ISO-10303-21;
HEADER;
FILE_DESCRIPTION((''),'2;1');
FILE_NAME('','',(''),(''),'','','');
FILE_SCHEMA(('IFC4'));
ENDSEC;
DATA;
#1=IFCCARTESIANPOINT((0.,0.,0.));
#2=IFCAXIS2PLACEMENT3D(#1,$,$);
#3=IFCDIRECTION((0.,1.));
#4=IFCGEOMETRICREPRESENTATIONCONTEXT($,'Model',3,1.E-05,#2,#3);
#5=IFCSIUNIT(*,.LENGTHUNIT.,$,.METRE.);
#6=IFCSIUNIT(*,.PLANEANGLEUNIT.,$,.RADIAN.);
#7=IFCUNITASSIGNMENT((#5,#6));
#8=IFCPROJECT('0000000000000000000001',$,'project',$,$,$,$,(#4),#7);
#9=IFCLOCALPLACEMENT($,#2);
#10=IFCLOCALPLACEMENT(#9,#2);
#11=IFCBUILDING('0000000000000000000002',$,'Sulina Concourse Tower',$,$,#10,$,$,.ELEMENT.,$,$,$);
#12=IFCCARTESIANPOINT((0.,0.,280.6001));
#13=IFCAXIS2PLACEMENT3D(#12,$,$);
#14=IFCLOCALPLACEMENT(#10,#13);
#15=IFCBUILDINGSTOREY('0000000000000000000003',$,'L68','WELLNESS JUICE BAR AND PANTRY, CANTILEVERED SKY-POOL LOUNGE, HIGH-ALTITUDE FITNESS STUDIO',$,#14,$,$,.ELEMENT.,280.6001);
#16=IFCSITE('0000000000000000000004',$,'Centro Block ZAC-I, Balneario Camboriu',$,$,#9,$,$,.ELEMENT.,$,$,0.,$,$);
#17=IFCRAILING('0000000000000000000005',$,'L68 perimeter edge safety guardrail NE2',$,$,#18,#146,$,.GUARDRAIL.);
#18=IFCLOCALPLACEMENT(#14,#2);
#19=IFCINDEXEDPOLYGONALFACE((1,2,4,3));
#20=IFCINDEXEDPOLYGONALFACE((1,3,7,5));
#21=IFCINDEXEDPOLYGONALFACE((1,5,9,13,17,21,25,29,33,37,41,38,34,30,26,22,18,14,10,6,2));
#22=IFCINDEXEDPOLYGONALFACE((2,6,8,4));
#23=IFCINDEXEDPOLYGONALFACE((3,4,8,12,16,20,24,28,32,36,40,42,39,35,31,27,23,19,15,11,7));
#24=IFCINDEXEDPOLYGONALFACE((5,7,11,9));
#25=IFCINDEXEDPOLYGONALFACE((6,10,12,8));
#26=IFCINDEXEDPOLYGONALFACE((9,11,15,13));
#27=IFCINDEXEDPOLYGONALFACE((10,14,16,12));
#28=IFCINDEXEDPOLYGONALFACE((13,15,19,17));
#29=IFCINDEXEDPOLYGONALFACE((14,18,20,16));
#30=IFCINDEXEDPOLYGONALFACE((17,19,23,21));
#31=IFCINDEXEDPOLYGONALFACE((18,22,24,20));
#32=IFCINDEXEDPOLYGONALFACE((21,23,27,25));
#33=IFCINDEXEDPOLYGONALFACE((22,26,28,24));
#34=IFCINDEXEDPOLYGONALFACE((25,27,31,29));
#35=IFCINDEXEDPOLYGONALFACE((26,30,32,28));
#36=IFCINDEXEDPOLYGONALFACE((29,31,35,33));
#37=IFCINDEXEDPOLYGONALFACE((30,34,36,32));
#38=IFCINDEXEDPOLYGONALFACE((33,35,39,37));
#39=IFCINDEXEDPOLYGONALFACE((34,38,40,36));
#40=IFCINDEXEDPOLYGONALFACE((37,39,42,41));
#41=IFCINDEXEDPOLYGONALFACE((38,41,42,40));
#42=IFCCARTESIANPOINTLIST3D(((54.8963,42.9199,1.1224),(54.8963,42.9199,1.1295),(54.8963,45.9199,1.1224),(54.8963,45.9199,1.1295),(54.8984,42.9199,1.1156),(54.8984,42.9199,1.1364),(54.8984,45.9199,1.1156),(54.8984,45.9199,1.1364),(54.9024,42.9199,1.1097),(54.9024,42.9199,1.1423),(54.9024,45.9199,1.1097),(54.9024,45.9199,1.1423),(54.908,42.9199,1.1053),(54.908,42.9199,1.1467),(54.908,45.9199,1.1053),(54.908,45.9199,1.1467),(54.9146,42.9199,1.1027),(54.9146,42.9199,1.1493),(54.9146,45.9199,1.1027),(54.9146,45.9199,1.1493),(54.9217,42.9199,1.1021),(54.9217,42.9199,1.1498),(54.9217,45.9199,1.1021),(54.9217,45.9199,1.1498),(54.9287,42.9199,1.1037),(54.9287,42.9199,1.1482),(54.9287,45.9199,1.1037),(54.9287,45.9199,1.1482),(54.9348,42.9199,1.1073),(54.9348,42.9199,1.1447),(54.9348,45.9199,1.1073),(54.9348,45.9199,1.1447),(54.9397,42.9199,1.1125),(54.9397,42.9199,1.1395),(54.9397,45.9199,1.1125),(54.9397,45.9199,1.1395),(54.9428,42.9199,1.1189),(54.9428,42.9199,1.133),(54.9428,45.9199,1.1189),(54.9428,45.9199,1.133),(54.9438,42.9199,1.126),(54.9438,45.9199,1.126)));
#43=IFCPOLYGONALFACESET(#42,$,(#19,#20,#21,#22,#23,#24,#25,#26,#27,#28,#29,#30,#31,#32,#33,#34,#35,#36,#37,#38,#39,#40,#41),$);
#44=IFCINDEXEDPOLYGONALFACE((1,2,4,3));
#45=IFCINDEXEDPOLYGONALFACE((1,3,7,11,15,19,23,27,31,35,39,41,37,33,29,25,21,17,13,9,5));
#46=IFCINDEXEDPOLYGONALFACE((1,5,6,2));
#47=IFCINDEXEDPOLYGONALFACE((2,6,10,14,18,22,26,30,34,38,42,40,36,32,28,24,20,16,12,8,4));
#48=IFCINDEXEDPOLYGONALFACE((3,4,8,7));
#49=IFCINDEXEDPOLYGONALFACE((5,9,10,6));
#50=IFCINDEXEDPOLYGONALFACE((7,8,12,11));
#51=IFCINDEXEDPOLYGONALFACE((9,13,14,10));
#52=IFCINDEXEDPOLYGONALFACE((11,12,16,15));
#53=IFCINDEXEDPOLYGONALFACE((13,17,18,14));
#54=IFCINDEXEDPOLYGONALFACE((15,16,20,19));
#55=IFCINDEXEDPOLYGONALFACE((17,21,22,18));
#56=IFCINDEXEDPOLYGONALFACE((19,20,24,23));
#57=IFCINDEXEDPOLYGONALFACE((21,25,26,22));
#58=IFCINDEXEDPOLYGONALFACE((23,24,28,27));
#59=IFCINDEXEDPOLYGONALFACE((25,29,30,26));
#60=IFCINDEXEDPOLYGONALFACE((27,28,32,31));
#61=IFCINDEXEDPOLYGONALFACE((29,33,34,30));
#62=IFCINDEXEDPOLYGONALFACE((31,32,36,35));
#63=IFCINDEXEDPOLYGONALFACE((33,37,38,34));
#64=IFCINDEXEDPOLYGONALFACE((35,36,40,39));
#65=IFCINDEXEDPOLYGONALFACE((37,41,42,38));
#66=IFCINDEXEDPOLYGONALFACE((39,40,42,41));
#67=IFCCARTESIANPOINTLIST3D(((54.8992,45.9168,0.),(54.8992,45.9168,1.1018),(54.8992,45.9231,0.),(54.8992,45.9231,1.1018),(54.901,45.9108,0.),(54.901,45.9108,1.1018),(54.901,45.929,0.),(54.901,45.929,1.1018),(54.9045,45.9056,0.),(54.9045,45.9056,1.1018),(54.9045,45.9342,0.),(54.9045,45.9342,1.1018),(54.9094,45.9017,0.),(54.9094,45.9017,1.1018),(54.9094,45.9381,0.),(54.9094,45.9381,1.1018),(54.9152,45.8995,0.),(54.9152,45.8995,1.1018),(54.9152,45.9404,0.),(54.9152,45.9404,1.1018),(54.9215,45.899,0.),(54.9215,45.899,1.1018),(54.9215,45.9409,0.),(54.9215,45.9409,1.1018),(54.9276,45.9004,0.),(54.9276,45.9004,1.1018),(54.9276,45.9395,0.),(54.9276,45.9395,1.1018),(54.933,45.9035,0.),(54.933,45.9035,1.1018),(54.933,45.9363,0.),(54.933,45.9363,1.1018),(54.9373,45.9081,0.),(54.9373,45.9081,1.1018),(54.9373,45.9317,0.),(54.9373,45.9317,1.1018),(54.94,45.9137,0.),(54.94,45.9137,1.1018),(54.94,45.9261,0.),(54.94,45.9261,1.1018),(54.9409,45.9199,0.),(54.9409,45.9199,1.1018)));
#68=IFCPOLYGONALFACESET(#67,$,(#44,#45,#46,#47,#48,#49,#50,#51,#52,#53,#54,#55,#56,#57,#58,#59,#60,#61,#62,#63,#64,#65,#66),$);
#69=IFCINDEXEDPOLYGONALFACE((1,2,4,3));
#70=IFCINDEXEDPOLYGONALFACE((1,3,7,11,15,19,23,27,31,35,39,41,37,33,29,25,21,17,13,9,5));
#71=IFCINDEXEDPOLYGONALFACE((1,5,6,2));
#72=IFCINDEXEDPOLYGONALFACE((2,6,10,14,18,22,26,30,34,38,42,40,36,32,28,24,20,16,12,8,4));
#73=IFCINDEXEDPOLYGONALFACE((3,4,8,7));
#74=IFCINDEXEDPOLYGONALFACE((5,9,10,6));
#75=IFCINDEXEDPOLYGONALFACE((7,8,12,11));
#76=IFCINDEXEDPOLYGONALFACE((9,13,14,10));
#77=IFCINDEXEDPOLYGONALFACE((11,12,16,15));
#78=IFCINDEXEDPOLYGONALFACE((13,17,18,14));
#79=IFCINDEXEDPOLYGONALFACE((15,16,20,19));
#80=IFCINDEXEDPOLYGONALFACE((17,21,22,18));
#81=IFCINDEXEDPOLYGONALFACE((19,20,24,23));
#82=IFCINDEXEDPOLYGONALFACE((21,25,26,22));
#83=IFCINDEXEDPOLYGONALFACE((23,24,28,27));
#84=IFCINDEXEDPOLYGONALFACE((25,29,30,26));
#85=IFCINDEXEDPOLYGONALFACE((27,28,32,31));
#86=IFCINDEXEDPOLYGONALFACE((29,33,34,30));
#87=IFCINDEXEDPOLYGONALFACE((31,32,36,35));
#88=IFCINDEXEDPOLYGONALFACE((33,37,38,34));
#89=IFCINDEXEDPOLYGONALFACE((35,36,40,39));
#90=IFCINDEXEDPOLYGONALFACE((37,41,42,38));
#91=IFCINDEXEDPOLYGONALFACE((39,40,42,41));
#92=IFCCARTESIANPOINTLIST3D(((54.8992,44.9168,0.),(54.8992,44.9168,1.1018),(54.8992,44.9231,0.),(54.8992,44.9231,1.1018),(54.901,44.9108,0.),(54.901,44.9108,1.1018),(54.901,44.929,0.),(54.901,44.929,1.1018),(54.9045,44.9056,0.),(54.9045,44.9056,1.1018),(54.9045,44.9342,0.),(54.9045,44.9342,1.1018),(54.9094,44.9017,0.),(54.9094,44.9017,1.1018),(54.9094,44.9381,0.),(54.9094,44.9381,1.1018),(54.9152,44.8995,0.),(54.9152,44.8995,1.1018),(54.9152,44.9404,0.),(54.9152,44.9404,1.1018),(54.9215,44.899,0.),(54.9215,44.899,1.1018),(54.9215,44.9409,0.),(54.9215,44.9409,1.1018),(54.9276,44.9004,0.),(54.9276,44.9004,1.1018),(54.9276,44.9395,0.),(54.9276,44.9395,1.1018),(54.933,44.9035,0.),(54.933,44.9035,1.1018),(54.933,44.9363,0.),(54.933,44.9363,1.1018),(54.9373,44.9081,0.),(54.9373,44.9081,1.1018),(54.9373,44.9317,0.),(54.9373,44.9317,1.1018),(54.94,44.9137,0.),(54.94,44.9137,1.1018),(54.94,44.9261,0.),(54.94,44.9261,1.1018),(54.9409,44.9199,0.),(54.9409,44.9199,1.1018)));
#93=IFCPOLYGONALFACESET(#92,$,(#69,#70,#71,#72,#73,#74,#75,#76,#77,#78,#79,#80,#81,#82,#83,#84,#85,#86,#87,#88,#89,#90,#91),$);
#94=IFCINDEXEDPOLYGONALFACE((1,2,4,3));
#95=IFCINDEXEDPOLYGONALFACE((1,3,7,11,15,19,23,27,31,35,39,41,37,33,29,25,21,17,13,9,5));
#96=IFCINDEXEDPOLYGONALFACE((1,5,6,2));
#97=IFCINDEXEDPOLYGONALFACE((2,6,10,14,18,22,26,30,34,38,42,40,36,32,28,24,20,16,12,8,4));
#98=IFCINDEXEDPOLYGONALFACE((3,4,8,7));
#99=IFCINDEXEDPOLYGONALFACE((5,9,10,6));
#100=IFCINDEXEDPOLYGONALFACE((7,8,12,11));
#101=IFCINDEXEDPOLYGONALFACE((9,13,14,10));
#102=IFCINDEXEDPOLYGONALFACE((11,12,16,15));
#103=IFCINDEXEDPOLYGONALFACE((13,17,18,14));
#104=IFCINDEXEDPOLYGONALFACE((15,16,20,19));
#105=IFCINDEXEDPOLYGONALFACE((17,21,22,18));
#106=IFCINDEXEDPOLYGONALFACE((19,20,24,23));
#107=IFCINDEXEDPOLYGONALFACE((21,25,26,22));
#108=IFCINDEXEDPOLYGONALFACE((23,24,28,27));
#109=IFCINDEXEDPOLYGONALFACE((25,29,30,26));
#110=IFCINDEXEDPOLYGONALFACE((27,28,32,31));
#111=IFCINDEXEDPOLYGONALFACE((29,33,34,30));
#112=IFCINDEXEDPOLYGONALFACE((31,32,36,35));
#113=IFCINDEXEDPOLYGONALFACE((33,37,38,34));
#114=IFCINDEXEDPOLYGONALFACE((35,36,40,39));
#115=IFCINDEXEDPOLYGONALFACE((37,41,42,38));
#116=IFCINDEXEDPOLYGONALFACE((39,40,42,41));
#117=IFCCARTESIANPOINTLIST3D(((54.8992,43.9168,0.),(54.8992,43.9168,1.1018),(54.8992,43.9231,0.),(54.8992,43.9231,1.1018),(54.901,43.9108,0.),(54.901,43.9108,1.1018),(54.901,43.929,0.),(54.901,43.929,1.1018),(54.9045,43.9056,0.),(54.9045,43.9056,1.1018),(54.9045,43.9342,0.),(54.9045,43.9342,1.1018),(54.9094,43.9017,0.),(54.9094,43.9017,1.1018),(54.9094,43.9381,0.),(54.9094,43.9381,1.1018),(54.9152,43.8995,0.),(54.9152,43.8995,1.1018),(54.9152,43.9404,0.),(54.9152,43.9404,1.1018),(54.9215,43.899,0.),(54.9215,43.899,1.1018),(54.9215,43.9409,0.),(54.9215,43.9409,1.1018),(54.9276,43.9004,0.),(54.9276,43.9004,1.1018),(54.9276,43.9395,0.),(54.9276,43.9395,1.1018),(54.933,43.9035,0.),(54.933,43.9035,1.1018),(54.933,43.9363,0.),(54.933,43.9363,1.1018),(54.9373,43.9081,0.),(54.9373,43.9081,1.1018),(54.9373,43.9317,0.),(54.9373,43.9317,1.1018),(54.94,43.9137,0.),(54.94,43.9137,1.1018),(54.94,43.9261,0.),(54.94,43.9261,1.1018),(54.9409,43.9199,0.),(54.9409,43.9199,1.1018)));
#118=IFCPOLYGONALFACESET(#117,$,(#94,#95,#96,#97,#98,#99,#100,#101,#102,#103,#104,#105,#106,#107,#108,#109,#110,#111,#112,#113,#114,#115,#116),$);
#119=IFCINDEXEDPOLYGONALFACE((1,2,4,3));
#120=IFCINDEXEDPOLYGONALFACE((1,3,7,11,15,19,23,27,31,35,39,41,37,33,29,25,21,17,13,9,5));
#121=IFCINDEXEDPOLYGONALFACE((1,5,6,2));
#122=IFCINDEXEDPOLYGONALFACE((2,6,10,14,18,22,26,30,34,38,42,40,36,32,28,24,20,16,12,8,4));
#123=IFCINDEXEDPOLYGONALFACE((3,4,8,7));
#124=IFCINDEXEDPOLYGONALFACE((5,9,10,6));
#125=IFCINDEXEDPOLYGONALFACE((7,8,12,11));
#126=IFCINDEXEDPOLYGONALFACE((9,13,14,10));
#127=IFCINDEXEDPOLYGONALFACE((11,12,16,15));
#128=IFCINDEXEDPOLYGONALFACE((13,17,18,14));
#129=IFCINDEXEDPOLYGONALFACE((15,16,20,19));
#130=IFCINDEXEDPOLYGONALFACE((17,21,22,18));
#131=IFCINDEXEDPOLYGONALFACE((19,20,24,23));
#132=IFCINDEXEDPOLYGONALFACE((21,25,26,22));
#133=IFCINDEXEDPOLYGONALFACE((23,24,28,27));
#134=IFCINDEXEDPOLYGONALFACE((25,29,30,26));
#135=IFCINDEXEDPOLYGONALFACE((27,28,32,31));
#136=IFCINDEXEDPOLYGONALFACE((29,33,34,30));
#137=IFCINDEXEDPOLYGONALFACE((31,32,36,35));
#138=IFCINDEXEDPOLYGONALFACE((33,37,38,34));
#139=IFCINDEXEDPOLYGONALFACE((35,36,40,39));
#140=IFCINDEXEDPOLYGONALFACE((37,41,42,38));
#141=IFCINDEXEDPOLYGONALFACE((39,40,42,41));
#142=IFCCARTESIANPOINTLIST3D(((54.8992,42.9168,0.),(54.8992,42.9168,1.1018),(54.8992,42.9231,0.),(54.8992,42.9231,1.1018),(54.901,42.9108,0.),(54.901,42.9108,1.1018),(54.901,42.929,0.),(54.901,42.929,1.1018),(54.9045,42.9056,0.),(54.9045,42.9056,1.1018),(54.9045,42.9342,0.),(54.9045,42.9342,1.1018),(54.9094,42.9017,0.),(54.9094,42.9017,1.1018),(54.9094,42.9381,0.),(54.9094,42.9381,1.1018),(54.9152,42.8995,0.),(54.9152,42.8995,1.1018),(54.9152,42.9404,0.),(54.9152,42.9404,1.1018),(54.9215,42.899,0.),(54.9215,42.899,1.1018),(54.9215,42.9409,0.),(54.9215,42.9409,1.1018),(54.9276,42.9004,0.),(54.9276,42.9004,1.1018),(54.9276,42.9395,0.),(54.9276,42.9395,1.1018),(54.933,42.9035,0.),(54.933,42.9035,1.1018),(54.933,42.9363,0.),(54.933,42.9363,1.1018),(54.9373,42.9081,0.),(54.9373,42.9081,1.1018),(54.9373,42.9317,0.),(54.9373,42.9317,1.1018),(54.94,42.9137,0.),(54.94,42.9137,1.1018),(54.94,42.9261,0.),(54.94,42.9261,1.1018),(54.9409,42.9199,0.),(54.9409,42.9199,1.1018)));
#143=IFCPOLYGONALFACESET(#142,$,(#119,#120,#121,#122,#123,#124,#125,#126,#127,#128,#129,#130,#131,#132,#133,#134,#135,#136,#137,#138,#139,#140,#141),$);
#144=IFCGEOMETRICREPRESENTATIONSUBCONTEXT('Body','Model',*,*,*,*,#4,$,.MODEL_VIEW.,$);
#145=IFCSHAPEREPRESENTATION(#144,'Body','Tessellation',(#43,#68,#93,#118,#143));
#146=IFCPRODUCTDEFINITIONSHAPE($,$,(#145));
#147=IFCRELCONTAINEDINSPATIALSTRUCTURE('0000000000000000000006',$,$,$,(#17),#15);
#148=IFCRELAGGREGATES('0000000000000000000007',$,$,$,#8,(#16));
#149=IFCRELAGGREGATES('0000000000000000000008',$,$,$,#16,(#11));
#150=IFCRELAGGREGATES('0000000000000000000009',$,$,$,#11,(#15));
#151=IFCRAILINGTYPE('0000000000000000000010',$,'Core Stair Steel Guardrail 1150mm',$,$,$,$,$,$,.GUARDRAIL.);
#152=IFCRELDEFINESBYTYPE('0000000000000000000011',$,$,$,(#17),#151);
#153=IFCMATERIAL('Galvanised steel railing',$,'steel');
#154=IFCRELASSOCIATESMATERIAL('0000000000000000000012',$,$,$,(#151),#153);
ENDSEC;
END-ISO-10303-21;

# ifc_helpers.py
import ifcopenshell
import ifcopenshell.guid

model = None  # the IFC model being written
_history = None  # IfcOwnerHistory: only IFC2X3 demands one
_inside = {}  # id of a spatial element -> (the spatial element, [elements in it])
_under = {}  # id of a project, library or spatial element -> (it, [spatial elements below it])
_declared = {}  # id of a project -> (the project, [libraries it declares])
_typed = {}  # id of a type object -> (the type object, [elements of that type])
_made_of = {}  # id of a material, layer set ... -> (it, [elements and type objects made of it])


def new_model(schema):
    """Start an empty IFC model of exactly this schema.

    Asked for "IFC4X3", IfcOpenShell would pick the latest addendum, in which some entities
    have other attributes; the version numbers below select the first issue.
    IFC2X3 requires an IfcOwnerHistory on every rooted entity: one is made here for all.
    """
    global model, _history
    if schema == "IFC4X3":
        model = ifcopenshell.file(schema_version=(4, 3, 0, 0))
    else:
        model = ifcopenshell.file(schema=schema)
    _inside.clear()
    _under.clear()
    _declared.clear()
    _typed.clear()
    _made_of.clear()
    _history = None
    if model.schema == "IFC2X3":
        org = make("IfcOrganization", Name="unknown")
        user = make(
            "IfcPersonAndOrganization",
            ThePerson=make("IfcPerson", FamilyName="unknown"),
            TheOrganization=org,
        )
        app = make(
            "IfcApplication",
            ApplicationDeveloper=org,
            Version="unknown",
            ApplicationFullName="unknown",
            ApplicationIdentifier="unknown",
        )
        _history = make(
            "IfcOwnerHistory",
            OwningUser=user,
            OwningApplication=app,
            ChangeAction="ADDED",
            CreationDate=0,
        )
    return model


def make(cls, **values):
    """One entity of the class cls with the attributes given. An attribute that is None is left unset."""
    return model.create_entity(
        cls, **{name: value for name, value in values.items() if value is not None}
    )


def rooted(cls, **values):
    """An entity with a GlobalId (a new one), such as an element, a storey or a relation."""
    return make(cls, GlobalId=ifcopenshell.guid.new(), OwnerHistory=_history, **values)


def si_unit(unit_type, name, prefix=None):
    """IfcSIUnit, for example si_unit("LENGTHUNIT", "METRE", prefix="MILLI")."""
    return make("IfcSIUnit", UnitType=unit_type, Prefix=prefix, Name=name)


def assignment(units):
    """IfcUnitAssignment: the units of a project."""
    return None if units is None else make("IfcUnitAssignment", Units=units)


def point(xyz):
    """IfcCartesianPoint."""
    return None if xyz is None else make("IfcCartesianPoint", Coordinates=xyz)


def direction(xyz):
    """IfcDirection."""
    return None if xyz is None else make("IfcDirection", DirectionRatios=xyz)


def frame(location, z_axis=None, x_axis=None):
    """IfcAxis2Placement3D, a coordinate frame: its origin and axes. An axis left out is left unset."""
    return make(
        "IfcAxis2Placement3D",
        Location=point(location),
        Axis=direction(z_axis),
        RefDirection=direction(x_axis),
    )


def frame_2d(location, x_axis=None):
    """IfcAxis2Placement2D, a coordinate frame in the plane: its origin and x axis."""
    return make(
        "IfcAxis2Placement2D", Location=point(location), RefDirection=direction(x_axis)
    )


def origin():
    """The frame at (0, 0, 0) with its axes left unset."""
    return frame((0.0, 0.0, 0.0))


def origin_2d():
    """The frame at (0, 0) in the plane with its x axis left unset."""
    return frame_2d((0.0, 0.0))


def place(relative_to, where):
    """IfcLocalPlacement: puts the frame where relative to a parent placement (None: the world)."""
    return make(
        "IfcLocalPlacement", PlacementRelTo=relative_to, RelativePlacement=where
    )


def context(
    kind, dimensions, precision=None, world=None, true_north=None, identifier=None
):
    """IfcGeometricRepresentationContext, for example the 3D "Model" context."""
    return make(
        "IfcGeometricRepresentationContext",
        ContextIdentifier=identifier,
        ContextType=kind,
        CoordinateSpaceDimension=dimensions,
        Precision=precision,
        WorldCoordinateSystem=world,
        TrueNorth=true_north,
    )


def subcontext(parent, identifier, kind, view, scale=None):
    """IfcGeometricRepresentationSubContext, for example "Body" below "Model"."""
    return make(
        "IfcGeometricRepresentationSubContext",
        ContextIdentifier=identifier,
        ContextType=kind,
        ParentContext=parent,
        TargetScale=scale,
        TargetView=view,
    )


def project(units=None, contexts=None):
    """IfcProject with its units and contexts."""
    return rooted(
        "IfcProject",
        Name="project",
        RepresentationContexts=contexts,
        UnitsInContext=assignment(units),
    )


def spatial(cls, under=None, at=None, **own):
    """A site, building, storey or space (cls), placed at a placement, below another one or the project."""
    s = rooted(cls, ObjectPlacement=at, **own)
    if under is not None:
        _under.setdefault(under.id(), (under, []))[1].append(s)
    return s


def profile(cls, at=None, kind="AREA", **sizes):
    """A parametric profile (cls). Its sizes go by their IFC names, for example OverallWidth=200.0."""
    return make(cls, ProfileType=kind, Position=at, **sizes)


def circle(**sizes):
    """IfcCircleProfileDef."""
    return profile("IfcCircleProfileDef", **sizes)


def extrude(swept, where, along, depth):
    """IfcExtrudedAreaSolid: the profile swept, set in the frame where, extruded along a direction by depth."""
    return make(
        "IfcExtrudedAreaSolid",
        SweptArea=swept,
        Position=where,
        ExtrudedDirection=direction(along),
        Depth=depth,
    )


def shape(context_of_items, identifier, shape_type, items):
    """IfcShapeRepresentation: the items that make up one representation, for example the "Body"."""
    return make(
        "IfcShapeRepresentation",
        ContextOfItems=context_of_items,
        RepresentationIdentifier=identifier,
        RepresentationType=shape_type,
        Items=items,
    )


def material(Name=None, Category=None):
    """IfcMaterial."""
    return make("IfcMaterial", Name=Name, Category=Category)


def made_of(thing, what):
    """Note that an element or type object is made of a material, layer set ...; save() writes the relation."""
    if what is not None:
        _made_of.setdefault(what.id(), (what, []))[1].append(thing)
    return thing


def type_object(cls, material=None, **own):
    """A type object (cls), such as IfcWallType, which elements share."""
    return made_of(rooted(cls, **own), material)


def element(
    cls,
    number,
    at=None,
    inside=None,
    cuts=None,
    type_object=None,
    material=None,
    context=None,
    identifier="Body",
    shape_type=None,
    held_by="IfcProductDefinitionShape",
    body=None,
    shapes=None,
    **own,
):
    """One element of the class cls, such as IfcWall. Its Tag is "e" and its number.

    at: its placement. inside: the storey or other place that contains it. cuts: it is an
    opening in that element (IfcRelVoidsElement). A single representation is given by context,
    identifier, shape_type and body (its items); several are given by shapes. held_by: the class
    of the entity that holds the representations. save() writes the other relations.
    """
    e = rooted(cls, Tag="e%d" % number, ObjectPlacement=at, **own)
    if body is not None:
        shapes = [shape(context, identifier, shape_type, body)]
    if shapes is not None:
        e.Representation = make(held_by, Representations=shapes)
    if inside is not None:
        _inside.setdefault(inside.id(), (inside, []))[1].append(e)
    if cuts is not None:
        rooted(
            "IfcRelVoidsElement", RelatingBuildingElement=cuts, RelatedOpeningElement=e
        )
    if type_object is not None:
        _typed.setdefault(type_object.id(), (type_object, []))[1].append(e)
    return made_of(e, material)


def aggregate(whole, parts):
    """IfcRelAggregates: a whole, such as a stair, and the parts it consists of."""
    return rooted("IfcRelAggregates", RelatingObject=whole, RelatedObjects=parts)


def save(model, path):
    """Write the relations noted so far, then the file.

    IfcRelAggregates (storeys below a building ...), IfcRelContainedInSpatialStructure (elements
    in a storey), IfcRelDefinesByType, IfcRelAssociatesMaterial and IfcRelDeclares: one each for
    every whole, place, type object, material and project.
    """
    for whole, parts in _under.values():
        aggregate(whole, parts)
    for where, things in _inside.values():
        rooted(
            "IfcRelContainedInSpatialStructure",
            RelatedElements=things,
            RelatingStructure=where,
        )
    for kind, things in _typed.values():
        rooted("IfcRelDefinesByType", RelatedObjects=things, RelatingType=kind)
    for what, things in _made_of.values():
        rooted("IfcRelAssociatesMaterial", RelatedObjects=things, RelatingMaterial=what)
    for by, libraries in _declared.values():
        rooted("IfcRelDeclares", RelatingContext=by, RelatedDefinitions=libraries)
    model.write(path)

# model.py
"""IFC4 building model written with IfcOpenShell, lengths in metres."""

from ifc_helpers import new_model, si_unit, direction, frame, origin, origin_2d, place, context, subcontext, project, spatial, circle, extrude, material, type_object, element, save


model = new_model("IFC4")

# Units and contexts
model_context = context("Model", 3, precision=1e-05, world=origin(), true_north=direction((0.0, 1.0)))
body_context = subcontext(model_context, "Body", "Model", "MODEL_VIEW")
ifc_project = project(units=[si_unit("LENGTHUNIT", "METRE"), si_unit("PLANEANGLEUNIT", "RADIAN")], contexts=[model_context])

# Site, building, storey
site_placement = place(None, origin())
site = spatial("IfcSite", under=ifc_project, at=site_placement, Name="Centro Block ZAC-I, Balneario Camboriu", CompositionType="ELEMENT", RefElevation=0.0)
building_placement = place(site_placement, origin())
building = spatial("IfcBuilding", under=site, at=building_placement, Name="Sulina Concourse Tower", CompositionType="ELEMENT")
storey_placement = place(building_placement, frame((0.0, 0.0, 280.6001)))
storey = spatial("IfcBuildingStorey", under=building, at=storey_placement, Name="L68", Description="WELLNESS JUICE BAR AND PANTRY, CANTILEVERED SKY-POOL LOUNGE, HIGH-ALTITUDE FITNESS STUDIO", CompositionType="ELEMENT", Elevation=280.6001)

# Railing
ifc_material_1 = material(Name="Galvanised steel railing", Category="steel")
railing_type_1 = type_object("IfcRailingType", Name="Core Stair Steel Guardrail 1150mm", PredefinedType="GUARDRAIL", material=ifc_material_1)
railing_1_placement = place(storey_placement, frame((54.9199, 45.9199, 0.0)))
element("IfcRailing", 1, at=railing_1_placement, inside=storey, type_object=railing_type_1, Name="L68 perimeter edge safety guardrail NE2", PredefinedType="GUARDRAIL", context=body_context, shape_type="SweptSolid", body=[
    extrude(circle(Radius=0.0239, at=origin_2d()), frame((0.0, 0.0, 1.126), z_axis=(0.0, -1.0, 0.0), x_axis=(1.0, 0.0, 0.0)), (0.0, 0.0, 1.0), 3.0),
    extrude(circle(Radius=0.021, at=origin_2d()), origin(), (0.0, 0.0, 1.0), 1.1018),
    extrude(circle(Radius=0.021, at=origin_2d()), frame((0.0, -1.0, 0.0)), (0.0, 0.0, 1.0), 1.1018),
    extrude(circle(Radius=0.021, at=origin_2d()), frame((0.0, -2.0, 0.0)), (0.0, 0.0, 1.0), 1.1018),
    extrude(circle(Radius=0.021, at=origin_2d()), frame((0.0, -3.0, 0.0)), (0.0, 0.0, 1.0), 1.1018),
])

save(model, "model.ifc")
